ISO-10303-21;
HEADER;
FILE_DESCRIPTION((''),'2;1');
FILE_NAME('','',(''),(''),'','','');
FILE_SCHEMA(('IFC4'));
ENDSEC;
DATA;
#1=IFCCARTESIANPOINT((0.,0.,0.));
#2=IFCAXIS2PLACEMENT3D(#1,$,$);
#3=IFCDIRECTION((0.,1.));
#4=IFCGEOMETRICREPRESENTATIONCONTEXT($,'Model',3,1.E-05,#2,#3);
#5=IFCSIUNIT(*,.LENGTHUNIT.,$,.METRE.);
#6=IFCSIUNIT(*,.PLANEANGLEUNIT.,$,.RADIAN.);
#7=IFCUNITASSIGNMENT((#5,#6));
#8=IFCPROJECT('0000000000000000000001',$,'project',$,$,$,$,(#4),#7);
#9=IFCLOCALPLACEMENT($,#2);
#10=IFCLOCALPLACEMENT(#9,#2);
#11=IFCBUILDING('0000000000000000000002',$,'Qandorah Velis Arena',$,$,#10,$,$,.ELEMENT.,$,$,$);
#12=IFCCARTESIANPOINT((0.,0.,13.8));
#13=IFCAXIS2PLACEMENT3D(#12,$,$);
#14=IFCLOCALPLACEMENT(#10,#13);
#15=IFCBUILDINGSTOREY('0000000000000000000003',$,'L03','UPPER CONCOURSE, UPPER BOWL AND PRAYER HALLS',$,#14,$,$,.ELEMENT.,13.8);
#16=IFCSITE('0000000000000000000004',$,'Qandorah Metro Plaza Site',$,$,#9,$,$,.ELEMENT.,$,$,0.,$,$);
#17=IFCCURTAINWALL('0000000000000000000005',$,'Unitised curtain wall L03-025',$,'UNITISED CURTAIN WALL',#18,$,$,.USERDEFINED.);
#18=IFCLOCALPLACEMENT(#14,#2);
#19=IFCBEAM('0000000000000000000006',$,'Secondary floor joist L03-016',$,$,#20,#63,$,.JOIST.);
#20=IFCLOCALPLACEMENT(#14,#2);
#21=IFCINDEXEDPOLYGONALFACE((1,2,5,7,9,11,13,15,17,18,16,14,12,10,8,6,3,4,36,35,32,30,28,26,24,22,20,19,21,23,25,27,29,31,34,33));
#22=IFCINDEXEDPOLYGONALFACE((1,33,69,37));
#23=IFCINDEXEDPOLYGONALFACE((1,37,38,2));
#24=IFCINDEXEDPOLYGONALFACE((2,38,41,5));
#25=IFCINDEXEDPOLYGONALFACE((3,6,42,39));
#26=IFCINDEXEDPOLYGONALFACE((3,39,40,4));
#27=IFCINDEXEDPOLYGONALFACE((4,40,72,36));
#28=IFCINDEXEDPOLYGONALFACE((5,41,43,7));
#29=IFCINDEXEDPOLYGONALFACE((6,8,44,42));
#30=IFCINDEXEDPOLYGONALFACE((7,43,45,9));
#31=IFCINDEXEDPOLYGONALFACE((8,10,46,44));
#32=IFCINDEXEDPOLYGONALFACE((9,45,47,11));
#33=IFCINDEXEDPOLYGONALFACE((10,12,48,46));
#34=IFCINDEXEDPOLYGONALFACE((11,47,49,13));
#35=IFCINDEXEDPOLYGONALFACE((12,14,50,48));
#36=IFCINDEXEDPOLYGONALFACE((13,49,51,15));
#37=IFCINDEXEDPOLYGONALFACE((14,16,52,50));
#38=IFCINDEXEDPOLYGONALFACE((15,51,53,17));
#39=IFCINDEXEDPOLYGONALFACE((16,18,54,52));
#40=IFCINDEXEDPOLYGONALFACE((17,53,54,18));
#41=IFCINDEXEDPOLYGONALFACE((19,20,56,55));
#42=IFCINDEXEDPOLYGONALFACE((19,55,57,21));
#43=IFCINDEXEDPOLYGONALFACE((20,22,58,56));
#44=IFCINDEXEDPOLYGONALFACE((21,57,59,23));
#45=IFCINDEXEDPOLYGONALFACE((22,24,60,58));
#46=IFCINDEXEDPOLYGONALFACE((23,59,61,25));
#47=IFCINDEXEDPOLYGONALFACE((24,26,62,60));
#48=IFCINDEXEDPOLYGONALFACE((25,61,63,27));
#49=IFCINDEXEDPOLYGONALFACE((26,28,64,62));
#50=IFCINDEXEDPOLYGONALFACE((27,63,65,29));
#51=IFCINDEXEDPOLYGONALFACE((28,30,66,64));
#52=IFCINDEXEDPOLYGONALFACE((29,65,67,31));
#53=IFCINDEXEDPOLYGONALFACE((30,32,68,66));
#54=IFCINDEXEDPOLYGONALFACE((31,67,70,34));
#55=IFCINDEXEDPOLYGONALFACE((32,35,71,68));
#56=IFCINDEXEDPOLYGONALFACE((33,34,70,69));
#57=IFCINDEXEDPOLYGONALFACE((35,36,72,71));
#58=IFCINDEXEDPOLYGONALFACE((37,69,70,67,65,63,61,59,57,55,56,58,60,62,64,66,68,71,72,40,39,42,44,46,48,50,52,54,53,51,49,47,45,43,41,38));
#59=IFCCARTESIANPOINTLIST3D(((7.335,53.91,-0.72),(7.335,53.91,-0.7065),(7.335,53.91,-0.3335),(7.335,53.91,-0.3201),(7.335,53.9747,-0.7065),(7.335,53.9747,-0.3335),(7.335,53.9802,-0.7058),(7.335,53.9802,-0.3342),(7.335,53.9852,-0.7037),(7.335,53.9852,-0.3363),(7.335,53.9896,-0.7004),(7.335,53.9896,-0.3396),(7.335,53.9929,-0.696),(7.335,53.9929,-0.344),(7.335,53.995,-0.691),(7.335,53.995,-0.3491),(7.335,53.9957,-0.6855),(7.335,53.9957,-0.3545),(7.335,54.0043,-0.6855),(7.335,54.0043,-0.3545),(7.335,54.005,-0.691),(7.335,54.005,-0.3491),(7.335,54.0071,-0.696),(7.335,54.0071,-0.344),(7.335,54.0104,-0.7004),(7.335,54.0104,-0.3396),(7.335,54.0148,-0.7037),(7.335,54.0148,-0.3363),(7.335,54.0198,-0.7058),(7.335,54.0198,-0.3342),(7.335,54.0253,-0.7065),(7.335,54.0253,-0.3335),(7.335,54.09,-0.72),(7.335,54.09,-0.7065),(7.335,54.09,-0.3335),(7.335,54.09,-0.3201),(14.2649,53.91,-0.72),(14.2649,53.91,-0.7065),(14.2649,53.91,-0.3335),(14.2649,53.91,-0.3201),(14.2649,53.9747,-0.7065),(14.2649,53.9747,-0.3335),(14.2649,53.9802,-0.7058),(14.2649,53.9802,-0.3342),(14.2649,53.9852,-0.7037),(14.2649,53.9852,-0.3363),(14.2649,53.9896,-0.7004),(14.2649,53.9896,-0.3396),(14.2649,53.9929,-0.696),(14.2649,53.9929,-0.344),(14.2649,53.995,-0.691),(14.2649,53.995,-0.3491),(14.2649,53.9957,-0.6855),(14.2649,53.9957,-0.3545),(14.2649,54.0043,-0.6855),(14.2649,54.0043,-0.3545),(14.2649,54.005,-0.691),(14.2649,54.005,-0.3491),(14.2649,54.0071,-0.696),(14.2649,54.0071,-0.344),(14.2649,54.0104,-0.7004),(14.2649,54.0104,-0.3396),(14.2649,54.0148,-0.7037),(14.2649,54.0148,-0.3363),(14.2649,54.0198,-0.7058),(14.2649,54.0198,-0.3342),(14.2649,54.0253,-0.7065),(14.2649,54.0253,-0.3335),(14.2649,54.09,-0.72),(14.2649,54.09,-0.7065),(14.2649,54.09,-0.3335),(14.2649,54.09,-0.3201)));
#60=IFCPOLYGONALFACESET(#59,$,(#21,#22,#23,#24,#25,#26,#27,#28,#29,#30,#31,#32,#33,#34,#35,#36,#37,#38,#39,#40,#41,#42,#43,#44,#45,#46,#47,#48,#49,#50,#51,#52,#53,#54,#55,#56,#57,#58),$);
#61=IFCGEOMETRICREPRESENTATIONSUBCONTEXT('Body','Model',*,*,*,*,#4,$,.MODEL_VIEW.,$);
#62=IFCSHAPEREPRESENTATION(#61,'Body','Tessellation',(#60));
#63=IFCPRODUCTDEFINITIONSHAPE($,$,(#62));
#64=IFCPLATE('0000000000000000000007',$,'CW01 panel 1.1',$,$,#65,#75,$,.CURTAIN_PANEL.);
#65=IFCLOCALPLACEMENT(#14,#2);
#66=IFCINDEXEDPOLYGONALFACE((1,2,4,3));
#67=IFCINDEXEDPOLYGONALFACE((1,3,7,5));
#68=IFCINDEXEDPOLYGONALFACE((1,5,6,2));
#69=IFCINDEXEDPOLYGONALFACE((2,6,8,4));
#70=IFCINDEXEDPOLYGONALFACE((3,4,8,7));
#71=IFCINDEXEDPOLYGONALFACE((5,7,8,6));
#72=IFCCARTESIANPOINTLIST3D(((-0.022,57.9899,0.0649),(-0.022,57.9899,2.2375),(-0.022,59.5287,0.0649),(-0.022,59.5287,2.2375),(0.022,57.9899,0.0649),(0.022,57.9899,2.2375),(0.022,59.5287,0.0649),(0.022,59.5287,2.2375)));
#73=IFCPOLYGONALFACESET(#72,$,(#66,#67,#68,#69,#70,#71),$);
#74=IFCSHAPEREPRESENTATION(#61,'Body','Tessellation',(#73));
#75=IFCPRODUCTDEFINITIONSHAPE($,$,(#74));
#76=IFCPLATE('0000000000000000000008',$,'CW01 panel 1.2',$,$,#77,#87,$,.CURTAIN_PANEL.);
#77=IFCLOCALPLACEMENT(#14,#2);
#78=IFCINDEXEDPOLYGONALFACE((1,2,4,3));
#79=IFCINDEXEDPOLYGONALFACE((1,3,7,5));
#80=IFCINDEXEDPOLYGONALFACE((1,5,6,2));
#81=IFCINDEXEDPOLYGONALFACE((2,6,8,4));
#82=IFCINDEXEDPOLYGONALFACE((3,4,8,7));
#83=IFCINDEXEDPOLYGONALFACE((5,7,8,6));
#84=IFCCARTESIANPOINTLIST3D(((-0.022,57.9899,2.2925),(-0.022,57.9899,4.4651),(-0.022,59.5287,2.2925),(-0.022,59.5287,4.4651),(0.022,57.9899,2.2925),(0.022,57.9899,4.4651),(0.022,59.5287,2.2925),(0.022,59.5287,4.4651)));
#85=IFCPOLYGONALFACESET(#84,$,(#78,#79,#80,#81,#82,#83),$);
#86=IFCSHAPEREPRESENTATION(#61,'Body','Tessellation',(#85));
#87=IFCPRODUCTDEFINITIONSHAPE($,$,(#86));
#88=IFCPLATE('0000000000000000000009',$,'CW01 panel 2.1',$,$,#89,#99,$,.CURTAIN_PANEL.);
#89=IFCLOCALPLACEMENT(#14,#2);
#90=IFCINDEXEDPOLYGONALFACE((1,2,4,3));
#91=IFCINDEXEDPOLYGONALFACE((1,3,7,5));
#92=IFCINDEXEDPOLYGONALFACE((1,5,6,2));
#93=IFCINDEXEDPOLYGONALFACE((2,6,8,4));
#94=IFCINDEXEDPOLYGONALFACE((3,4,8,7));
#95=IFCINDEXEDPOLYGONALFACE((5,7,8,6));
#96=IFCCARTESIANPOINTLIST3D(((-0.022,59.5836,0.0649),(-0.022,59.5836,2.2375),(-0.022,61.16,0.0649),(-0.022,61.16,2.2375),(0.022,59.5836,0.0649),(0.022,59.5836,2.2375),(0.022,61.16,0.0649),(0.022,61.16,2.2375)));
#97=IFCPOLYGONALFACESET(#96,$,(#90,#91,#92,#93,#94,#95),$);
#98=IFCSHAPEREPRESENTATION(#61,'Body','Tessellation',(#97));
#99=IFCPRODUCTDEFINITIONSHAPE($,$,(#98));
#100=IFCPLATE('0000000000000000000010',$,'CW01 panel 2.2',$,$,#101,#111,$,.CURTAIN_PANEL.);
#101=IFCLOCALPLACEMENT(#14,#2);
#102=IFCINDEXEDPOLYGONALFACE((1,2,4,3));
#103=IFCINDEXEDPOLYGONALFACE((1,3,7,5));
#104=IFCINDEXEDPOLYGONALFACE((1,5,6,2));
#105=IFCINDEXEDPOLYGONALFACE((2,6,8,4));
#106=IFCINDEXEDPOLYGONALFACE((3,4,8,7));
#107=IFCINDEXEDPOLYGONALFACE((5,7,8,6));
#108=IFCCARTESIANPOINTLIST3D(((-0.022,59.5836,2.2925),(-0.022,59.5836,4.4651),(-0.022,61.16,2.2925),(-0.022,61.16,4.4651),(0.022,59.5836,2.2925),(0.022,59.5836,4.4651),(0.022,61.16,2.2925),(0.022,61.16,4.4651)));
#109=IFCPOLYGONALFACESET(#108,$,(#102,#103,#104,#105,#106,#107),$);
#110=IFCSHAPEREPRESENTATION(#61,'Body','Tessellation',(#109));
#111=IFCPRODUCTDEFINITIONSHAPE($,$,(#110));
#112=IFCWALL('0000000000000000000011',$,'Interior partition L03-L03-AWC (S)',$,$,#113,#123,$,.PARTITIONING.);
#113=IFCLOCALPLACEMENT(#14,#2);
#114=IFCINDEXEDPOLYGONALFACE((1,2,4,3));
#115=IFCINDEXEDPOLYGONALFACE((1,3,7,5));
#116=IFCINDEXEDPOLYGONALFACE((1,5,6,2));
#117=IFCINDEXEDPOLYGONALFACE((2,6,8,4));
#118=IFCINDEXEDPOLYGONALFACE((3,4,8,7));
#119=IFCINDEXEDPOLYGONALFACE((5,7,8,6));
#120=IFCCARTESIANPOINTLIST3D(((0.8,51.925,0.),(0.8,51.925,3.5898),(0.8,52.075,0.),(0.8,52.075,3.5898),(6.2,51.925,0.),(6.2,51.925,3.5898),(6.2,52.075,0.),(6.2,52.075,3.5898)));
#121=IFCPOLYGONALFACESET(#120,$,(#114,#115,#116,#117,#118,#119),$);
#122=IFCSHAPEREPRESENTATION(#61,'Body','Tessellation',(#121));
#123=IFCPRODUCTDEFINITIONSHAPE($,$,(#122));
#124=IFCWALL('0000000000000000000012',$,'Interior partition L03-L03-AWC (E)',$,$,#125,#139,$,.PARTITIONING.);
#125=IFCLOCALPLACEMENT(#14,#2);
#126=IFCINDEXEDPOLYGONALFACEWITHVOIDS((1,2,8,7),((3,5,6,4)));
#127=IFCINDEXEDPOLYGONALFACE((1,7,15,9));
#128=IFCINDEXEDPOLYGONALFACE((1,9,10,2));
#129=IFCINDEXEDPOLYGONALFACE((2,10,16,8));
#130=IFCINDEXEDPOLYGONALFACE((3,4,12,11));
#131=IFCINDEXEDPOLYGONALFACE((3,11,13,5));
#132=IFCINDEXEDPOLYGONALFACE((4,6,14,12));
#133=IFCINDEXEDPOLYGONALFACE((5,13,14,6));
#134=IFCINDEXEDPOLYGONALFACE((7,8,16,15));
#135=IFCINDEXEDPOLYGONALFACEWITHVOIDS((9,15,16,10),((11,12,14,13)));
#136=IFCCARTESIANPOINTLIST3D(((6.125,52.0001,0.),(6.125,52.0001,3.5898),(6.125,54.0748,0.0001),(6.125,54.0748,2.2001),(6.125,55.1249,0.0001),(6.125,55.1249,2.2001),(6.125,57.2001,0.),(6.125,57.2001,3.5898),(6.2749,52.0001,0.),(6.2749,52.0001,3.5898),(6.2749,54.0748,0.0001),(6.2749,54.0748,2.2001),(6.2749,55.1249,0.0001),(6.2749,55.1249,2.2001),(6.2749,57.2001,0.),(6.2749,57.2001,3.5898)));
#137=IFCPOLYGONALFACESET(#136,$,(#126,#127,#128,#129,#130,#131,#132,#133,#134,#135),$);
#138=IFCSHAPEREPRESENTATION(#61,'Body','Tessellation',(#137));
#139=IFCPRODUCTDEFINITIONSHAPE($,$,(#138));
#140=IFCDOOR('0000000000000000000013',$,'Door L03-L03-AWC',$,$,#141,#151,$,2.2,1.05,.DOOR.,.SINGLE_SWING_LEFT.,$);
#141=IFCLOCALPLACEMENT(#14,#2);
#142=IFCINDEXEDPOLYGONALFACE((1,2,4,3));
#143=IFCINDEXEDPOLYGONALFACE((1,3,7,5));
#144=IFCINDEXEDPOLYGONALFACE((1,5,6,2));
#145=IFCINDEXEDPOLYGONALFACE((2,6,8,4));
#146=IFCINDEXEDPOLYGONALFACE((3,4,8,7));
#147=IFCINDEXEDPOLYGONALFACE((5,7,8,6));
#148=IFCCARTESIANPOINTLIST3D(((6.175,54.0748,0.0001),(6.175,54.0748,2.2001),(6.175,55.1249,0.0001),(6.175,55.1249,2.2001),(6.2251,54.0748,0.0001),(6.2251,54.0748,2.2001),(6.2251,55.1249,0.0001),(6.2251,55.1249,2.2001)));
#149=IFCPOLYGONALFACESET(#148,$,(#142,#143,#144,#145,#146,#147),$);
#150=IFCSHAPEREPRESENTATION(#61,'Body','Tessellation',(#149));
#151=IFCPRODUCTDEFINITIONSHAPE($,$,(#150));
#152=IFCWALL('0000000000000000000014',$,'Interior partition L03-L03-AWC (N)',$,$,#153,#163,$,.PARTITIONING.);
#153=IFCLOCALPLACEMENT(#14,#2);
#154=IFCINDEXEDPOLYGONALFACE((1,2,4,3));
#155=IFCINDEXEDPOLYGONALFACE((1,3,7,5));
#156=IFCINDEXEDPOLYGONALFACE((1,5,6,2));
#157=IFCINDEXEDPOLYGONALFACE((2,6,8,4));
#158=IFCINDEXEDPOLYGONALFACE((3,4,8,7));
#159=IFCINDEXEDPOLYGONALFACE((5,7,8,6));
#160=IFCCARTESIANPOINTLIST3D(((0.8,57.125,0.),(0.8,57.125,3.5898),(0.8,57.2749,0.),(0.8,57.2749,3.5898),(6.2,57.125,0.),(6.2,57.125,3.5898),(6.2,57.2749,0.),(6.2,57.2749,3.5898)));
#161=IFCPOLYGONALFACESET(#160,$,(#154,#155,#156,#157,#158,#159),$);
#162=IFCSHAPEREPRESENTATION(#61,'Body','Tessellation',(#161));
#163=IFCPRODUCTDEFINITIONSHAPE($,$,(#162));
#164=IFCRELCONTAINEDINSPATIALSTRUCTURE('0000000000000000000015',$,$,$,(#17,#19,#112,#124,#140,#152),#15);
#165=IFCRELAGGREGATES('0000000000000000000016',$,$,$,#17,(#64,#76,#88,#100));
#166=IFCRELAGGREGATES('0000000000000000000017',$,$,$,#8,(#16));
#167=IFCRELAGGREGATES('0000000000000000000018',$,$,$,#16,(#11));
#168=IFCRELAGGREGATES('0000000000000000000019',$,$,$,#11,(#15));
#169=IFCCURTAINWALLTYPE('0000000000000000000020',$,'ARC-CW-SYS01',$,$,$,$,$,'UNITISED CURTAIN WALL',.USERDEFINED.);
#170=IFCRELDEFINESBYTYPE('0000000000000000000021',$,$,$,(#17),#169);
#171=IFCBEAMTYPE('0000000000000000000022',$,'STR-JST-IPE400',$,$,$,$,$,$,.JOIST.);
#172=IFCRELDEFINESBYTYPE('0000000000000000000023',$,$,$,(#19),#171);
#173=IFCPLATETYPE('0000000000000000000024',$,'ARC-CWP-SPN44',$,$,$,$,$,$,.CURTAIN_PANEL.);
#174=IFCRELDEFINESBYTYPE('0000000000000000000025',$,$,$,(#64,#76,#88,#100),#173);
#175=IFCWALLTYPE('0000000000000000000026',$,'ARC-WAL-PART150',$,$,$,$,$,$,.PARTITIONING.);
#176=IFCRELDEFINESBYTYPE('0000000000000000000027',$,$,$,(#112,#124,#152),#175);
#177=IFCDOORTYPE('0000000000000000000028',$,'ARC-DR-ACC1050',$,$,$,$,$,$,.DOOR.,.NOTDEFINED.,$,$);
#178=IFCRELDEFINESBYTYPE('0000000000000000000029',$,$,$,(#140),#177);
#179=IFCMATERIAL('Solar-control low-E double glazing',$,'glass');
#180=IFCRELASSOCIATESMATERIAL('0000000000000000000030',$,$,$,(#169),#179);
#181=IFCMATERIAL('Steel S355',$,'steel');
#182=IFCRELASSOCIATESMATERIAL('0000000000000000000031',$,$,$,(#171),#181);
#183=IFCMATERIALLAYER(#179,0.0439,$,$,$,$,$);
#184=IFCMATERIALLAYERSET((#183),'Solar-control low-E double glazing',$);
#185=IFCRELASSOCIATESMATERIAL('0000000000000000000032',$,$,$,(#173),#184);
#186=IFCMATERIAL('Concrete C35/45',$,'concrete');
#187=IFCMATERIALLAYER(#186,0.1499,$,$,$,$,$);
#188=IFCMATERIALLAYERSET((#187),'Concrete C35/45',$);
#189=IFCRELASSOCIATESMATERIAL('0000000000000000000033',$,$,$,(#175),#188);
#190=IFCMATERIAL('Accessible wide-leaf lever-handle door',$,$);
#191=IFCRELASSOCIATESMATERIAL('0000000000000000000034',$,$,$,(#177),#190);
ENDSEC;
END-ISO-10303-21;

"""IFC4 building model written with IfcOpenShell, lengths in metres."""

from ifc_helpers import new_model, si_unit, direction, frame, frame_2d, origin, origin_2d, place, context, subcontext, project, spatial, rectangle, i_section, extrude, material, layer, layer_set, material_profile, profile_set, type_object, element, fill, aggregate, save


model = new_model("IFC4")

# Units and contexts
model_context = context("Model", 3, precision=1e-05, world=origin(), true_north=direction((0.0, 1.0)))
body_context = subcontext(model_context, "Body", "Model", "MODEL_VIEW")
ifc_project = project(units=[si_unit("LENGTHUNIT", "METRE"), si_unit("PLANEANGLEUNIT", "RADIAN")], contexts=[model_context])

# Site, building, storey
site_placement = place(None, origin())
site = spatial("IfcSite", under=ifc_project, at=site_placement, Name="Qandorah Metro Plaza Site", CompositionType="ELEMENT", RefElevation=0.0)
building_placement = place(site_placement, origin())
building = spatial("IfcBuilding", under=site, at=building_placement, Name="Qandorah Velis Arena", CompositionType="ELEMENT")
storey_placement = place(building_placement, frame((0.0, 0.0, 13.8)))
storey = spatial("IfcBuildingStorey", under=building, at=storey_placement, Name="L03", Description="UPPER CONCOURSE, UPPER BOWL AND PRAYER HALLS", CompositionType="ELEMENT", Elevation=13.8)

# Shared definitions
ifc_material_1 = material(Name="Solar-control low-E double glazing", Category="glass")

# Curtain wall
curtain_wall_type_1 = type_object("IfcCurtainWallType", Name="ARC-CW-SYS01", ElementType="UNITISED CURTAIN WALL", PredefinedType="USERDEFINED", material=ifc_material_1)
curtain_wall_1_placement = place(storey_placement, origin())
curtain_wall_1 = element("IfcCurtainWall", 1, at=curtain_wall_1_placement, inside=storey, type_object=curtain_wall_type_1, Name="Unitised curtain wall L03-025", ObjectType="UNITISED CURTAIN WALL", PredefinedType="USERDEFINED")

# Beam
ifc_material_2 = material(Name="Steel S355", Category="steel")
ifc_material_profile_1 = material_profile(ifc_material_2, i_section(OverallWidth=0.1799, OverallDepth=0.3999, WebThickness=0.0085, FlangeThickness=0.0134, FilletRadius=0.021, at=origin_2d()), Name="IPE 400")
ifc_profile_set_1 = profile_set([ifc_material_profile_1], Name="Steel S355")
beam_type_1 = type_object("IfcBeamType", Name="STR-JST-IPE400", PredefinedType="JOIST", material=ifc_profile_set_1)
for number, where, z_axis, x_axis, name in (
    (2, (7.335, 54.0, -0.52), (1.0, 0.0, 0.0), (0.0, 1.0, 0.0), "Secondary floor joist L03-016"),
):
    element("IfcBeam", number, at=place(storey_placement, frame(where, z_axis=z_axis, x_axis=x_axis)), inside=storey, type_object=beam_type_1, Name=name, PredefinedType="JOIST", context=body_context, shape_type="SweptSolid", body=[
        extrude(i_section(OverallWidth=0.1799, OverallDepth=0.3999, WebThickness=0.0085, FlangeThickness=0.0134, FilletRadius=0.021, at=origin_2d()), origin(), (0.0, 0.0, 1.0), 6.9299),
    ])

# Plates
ifc_layer_1 = layer(ifc_material_1, 0.0439)
ifc_layer_set_1 = layer_set([ifc_layer_1], Name="Solar-control low-E double glazing")
plate_type = type_object("IfcPlateType", Name="ARC-CWP-SPN44", PredefinedType="CURTAIN_PANEL", material=ifc_layer_set_1)
plate_1_placement = place(storey_placement, frame((0.0, 58.7593, 0.0649), z_axis=(0.0, 0.0, 1.0), x_axis=(0.0, 1.0, 0.0)))
plate_1 = element("IfcPlate", 3, at=plate_1_placement, type_object=plate_type, Name="CW01 panel 1.1", PredefinedType="CURTAIN_PANEL", context=body_context, shape_type="SweptSolid", body=[
    extrude(rectangle(XDim=1.5388, YDim=0.0439, at=origin_2d()), origin(), (0.0, 0.0, 1.0), 2.1726),
])
plate_2_placement = place(storey_placement, frame((0.0, 58.7593, 2.2925), z_axis=(0.0, 0.0, 1.0), x_axis=(0.0, 1.0, 0.0)))
plate_2 = element("IfcPlate", 4, at=plate_2_placement, type_object=plate_type, Name="CW01 panel 1.2", PredefinedType="CURTAIN_PANEL", context=body_context, shape_type="SweptSolid", body=[
    extrude(rectangle(XDim=1.5388, YDim=0.0439, at=origin_2d()), origin(), (0.0, 0.0, 1.0), 2.1726),
])
plate_3_placement = place(storey_placement, frame((0.0, 60.3718, 0.0649), z_axis=(0.0, 0.0, 1.0), x_axis=(0.0, 1.0, 0.0)))
plate_3 = element("IfcPlate", 5, at=plate_3_placement, type_object=plate_type, Name="CW01 panel 2.1", PredefinedType="CURTAIN_PANEL", context=body_context, shape_type="SweptSolid", body=[
    extrude(rectangle(XDim=1.5764, YDim=0.0439, at=origin_2d()), origin(), (0.0, 0.0, 1.0), 2.1726),
])
plate_4_placement = place(storey_placement, frame((0.0, 60.3718, 2.2925), z_axis=(0.0, 0.0, 1.0), x_axis=(0.0, 1.0, 0.0)))
plate_4 = element("IfcPlate", 6, at=plate_4_placement, type_object=plate_type, Name="CW01 panel 2.2", PredefinedType="CURTAIN_PANEL", context=body_context, shape_type="SweptSolid", body=[
    extrude(rectangle(XDim=1.5764, YDim=0.0439, at=origin_2d()), origin(), (0.0, 0.0, 1.0), 2.1726),
])
aggregate(curtain_wall_1, [plate_1, plate_2, plate_3, plate_4])

# Wall
ifc_material_3 = material(Name="Concrete C35/45", Category="concrete")
ifc_layer_2 = layer(ifc_material_3, 0.1499)
ifc_layer_set_2 = layer_set([ifc_layer_2], Name="Concrete C35/45")
wall_type = type_object("IfcWallType", Name="ARC-WAL-PART150", PredefinedType="PARTITIONING", material=ifc_layer_set_2)
wall_1_placement = place(storey_placement, frame((0.8, 52.0, 0.0), z_axis=(0.0, 0.0, 1.0), x_axis=(1.0, 0.0, 0.0)))
element("IfcWall", 7, at=wall_1_placement, inside=storey, type_object=wall_type, Name="Interior partition L03-L03-AWC (S)", PredefinedType="PARTITIONING", context=body_context, shape_type="SweptSolid", body=[
    extrude(rectangle(XDim=5.3999, YDim=0.1499, at=frame_2d((2.7, 0.0))), origin(), (0.0, 0.0, 1.0), 3.5898),
])

# Wall, opening, door
wall_2_placement = place(storey_placement, frame((6.2, 52.0, 0.0), z_axis=(0.0, 0.0, 1.0), x_axis=(0.0, 1.0, 0.0)))
wall_2 = element("IfcWall", 8, at=wall_2_placement, inside=storey, type_object=wall_type, Name="Interior partition L03-L03-AWC (E)", PredefinedType="PARTITIONING", context=body_context, shape_type="SweptSolid", body=[
    extrude(rectangle(XDim=5.2, YDim=0.1499, at=frame_2d((2.6001, 0.0))), origin(), (0.0, 0.0, 1.0), 3.5898),
])
opening_placement = place(wall_2_placement, frame((2.075, 0.0, 0.0)))
opening = element("IfcOpeningElement", 9, at=opening_placement, cuts=wall_2, PredefinedType="OPENING", context=body_context, shape_type="SweptSolid", body=[
    extrude(rectangle(XDim=1.05, YDim=2.2, at=frame_2d((0.5249, 1.1001))), frame((0.0, 0.085, 0.0), z_axis=(0.0, -1.0, 0.0), x_axis=(1.0, 0.0, 0.0)), (0.0, 0.0, 1.0), 0.1699),
])
ifc_material_4 = material(Name="Accessible wide-leaf lever-handle door")
door_type = type_object("IfcDoorType", Name="ARC-DR-ACC1050", OperationType="NOTDEFINED", PredefinedType="DOOR", material=ifc_material_4)
door_placement = place(opening_placement, origin())
door = element("IfcDoor", 10, at=door_placement, inside=storey, type_object=door_type, Name="Door L03-L03-AWC", OperationType="SINGLE_SWING_LEFT", OverallHeight=2.2, OverallWidth=1.05, PredefinedType="DOOR", context=body_context, shape_type="SweptSolid", body=[
    extrude(rectangle(XDim=1.05, YDim=2.2, at=frame_2d((0.5249, 1.1001))), frame((0.0, 0.0249, 0.0), z_axis=(0.0, -1.0, 0.0), x_axis=(1.0, 0.0, 0.0)), (0.0, 0.0, 1.0), 0.05),
])
fill(opening, door)

# Wall
wall_3_placement = place(storey_placement, frame((6.2, 57.2, 0.0), z_axis=(0.0, 0.0, 1.0), x_axis=(-1.0, 0.0, 0.0)))
element("IfcWall", 11, at=wall_3_placement, inside=storey, type_object=wall_type, Name="Interior partition L03-L03-AWC (N)", PredefinedType="PARTITIONING", context=body_context, shape_type="SweptSolid", body=[
    extrude(rectangle(XDim=5.3999, YDim=0.1499, at=frame_2d((2.7, 0.0))), origin(), (0.0, 0.0, 1.0), 3.5898),
])

save(model, "model.ifc")
